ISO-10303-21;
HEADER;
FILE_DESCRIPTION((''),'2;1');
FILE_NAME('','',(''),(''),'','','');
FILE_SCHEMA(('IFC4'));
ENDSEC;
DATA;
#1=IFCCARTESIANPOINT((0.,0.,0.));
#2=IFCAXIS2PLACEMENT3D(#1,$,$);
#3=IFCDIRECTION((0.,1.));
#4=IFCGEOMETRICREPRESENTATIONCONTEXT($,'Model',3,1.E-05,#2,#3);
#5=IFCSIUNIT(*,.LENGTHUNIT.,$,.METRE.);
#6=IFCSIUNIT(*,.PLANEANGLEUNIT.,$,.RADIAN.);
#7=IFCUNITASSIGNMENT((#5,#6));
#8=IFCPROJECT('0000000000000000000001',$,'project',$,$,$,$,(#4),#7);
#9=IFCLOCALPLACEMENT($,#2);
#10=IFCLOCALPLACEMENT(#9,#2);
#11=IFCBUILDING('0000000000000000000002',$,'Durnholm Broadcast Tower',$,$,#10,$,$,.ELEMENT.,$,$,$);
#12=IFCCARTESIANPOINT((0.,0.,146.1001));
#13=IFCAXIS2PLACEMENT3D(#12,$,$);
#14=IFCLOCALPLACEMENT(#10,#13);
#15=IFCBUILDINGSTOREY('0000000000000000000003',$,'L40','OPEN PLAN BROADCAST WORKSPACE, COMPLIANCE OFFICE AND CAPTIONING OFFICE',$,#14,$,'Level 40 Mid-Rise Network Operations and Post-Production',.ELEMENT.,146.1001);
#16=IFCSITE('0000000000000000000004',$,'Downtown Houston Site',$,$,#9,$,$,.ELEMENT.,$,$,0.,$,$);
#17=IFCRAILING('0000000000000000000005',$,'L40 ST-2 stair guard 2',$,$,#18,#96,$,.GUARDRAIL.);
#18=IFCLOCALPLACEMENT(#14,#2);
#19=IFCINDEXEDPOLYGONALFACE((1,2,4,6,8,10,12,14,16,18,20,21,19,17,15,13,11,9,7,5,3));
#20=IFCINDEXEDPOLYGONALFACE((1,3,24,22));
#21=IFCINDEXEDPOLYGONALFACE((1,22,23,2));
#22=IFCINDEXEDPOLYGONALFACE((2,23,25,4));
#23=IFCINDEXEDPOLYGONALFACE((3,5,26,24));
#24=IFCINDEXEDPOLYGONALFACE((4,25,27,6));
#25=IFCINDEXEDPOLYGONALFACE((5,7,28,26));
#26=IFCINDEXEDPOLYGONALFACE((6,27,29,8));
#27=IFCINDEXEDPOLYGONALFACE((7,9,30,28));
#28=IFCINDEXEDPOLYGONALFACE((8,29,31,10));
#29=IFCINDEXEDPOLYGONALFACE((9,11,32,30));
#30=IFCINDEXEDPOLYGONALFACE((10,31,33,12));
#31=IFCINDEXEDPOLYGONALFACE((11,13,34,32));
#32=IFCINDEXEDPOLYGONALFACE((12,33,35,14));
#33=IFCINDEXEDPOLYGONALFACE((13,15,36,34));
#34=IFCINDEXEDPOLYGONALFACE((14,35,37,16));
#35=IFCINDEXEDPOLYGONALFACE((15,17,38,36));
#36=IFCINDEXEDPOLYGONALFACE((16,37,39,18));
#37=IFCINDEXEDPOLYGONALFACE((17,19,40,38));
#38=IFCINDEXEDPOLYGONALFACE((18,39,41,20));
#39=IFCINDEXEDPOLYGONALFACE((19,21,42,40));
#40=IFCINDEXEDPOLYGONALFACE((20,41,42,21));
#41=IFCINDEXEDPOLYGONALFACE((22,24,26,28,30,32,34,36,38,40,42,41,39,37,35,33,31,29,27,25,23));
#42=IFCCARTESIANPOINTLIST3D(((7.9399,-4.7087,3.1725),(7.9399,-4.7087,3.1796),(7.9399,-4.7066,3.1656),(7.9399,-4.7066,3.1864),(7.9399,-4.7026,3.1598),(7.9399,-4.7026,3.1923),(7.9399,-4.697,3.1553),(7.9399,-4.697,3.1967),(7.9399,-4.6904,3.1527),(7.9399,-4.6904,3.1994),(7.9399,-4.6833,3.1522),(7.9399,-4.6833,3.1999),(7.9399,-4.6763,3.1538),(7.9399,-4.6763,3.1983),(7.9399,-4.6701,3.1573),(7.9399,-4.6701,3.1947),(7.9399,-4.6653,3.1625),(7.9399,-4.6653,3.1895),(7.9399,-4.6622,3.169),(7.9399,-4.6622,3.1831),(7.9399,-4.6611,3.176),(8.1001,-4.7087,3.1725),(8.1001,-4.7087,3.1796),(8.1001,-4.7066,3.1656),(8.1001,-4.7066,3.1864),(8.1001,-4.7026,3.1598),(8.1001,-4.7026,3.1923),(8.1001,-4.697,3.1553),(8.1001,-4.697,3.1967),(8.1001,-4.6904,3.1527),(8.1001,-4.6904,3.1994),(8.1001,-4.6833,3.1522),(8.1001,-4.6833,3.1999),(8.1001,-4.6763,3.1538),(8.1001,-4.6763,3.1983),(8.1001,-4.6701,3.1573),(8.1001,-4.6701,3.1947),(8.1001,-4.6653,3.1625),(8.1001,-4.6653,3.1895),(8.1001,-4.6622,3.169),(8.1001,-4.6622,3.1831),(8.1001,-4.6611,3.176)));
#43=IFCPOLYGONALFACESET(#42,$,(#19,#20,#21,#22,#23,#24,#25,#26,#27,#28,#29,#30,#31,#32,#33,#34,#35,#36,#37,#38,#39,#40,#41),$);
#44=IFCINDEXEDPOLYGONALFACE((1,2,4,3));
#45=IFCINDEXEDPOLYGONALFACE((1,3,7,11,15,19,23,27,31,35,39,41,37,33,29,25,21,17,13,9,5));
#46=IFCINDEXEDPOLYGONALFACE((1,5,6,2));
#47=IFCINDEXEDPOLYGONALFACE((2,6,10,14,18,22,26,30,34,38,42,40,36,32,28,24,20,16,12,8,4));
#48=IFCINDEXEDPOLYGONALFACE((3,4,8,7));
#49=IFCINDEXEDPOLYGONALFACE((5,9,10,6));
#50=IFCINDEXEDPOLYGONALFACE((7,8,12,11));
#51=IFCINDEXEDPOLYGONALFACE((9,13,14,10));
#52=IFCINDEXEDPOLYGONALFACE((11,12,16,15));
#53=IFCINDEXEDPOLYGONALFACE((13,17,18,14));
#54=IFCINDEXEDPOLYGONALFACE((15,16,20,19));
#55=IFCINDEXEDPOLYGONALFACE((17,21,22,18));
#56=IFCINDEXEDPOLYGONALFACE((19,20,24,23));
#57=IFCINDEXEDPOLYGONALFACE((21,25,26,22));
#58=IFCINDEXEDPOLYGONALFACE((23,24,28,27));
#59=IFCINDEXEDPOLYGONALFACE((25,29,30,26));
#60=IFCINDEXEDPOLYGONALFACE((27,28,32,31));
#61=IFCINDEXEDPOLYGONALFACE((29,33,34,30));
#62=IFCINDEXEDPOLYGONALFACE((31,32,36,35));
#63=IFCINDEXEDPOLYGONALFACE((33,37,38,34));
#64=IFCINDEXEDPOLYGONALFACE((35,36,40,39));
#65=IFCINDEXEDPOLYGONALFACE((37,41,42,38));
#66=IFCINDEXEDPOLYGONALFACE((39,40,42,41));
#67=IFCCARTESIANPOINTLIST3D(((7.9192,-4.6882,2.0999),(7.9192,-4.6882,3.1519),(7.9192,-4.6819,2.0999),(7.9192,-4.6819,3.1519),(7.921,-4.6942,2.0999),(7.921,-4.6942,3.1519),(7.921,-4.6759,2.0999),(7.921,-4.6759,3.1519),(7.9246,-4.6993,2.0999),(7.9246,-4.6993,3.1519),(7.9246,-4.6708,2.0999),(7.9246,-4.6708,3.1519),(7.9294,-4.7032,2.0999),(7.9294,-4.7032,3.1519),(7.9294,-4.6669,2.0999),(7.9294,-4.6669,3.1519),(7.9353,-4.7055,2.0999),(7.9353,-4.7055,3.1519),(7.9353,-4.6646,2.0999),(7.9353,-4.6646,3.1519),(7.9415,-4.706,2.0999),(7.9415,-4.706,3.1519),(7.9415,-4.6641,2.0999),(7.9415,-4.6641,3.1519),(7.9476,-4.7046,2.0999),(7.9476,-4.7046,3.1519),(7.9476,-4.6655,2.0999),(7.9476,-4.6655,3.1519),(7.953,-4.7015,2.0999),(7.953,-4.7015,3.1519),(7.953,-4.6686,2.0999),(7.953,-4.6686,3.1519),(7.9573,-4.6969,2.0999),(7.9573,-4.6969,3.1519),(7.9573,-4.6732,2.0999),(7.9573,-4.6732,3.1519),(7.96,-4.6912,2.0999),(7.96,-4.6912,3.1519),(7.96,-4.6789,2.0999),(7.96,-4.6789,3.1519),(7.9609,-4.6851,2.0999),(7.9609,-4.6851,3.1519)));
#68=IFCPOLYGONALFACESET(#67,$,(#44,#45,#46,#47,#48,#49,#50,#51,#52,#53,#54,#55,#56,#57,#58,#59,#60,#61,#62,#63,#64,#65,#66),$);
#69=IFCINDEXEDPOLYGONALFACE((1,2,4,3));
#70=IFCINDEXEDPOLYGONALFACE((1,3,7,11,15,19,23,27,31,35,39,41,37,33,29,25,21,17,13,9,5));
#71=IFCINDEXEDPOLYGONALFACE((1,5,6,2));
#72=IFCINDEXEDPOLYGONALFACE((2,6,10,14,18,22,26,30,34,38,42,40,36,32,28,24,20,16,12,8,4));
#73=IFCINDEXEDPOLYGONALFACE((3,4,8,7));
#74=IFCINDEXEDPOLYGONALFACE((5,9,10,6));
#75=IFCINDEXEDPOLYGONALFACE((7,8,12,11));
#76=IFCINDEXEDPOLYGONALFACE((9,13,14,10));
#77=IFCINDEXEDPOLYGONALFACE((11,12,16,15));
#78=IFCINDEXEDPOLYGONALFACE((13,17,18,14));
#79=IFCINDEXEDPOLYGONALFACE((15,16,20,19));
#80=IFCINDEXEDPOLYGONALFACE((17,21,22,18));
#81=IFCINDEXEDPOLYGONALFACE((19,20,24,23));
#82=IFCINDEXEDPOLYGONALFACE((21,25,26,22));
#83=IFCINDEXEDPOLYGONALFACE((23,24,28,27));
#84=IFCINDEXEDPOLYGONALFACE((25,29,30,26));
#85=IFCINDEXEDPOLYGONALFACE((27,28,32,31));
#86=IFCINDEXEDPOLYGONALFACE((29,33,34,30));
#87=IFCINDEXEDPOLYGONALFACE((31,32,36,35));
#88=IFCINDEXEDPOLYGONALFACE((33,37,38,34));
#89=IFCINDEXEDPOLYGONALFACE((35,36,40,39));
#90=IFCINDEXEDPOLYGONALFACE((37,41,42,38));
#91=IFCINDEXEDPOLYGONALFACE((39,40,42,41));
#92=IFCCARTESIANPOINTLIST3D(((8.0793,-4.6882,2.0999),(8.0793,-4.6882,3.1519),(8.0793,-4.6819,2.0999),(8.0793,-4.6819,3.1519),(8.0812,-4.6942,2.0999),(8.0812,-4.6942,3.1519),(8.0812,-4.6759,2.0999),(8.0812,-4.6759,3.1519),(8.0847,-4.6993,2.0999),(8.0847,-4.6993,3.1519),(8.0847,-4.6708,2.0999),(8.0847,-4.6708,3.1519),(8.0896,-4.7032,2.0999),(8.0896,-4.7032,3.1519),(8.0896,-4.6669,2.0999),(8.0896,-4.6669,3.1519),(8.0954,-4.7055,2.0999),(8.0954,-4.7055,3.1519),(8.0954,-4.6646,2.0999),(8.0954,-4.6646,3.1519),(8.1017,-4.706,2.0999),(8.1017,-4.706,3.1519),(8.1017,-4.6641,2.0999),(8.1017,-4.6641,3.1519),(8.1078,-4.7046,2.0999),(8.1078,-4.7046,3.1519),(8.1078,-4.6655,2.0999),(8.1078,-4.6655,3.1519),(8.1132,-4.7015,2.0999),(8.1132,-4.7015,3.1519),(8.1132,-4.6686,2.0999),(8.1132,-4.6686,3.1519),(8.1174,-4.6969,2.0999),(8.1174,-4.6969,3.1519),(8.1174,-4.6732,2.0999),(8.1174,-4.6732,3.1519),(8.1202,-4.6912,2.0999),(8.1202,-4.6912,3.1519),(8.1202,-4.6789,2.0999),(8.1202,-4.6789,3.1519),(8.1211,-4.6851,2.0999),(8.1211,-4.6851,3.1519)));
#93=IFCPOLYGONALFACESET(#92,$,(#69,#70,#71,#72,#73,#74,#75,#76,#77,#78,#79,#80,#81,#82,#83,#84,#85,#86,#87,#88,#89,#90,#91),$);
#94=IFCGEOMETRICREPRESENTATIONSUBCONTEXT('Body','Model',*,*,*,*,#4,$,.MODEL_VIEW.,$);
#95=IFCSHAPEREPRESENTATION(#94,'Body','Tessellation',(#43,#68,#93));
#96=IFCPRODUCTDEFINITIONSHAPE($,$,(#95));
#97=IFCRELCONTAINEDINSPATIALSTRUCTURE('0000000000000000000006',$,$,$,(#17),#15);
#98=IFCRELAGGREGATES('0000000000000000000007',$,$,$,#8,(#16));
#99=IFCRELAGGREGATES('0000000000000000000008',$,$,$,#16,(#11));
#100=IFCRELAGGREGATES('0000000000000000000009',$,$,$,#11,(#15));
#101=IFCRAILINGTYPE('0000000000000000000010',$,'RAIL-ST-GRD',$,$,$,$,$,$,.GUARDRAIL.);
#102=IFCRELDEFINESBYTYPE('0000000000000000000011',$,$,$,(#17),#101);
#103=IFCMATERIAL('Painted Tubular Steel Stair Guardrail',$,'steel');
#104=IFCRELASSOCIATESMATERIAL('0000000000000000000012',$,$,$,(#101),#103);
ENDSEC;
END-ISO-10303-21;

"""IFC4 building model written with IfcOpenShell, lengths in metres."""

from ifc_helpers import new_model, si_unit, direction, frame, origin, origin_2d, place, context, subcontext, project, spatial, circle, extrude, material, type_object, element, save


model = new_model("IFC4")

# Units and contexts
model_context = context("Model", 3, precision=1e-05, world=origin(), true_north=direction((0.0, 1.0)))
body_context = subcontext(model_context, "Body", "Model", "MODEL_VIEW")
ifc_project = project(units=[si_unit("LENGTHUNIT", "METRE"), si_unit("PLANEANGLEUNIT", "RADIAN")], contexts=[model_context])

# Site, building, storey
site_placement = place(None, origin())
site = spatial("IfcSite", under=ifc_project, at=site_placement, Name="Downtown Houston Site", CompositionType="ELEMENT", RefElevation=0.0)
building_placement = place(site_placement, origin())
building = spatial("IfcBuilding", under=site, at=building_placement, Name="Durnholm Broadcast Tower", CompositionType="ELEMENT")
storey_placement = place(building_placement, frame((0.0, 0.0, 146.1001)))
storey = spatial("IfcBuildingStorey", under=building, at=storey_placement, Name="L40", Description="OPEN PLAN BROADCAST WORKSPACE, COMPLIANCE OFFICE AND CAPTIONING OFFICE", LongName="Level 40 Mid-Rise Network Operations and Post-Production", CompositionType="ELEMENT", Elevation=146.1001)

# Railing
ifc_material_1 = material(Name="Painted Tubular Steel Stair Guardrail", Category="steel")
railing_type_1 = type_object("IfcRailingType", Name="RAIL-ST-GRD", PredefinedType="GUARDRAIL", material=ifc_material_1)
railing_1_placement = place(storey_placement, frame((7.9399, -4.6851, 2.0999)))
element("IfcRailing", 1, at=railing_1_placement, inside=storey, type_object=railing_type_1, Name="L40 ST-2 stair guard 2", PredefinedType="GUARDRAIL", context=body_context, shape_type="SweptSolid", body=[
    extrude(circle(Radius=0.0239, at=origin_2d()), frame((0.0, 0.0, 1.0762), z_axis=(1.0, 0.0, 0.0), x_axis=(0.0, 1.0, 0.0)), (0.0, 0.0, 1.0), 0.1602),
    extrude(circle(Radius=0.021, at=origin_2d()), origin(), (0.0, 0.0, 1.0), 1.052),
    extrude(circle(Radius=0.021, at=origin_2d()), frame((0.1602, 0.0, 0.0)), (0.0, 0.0, 1.0), 1.052),
])

save(model, "model.ifc")
